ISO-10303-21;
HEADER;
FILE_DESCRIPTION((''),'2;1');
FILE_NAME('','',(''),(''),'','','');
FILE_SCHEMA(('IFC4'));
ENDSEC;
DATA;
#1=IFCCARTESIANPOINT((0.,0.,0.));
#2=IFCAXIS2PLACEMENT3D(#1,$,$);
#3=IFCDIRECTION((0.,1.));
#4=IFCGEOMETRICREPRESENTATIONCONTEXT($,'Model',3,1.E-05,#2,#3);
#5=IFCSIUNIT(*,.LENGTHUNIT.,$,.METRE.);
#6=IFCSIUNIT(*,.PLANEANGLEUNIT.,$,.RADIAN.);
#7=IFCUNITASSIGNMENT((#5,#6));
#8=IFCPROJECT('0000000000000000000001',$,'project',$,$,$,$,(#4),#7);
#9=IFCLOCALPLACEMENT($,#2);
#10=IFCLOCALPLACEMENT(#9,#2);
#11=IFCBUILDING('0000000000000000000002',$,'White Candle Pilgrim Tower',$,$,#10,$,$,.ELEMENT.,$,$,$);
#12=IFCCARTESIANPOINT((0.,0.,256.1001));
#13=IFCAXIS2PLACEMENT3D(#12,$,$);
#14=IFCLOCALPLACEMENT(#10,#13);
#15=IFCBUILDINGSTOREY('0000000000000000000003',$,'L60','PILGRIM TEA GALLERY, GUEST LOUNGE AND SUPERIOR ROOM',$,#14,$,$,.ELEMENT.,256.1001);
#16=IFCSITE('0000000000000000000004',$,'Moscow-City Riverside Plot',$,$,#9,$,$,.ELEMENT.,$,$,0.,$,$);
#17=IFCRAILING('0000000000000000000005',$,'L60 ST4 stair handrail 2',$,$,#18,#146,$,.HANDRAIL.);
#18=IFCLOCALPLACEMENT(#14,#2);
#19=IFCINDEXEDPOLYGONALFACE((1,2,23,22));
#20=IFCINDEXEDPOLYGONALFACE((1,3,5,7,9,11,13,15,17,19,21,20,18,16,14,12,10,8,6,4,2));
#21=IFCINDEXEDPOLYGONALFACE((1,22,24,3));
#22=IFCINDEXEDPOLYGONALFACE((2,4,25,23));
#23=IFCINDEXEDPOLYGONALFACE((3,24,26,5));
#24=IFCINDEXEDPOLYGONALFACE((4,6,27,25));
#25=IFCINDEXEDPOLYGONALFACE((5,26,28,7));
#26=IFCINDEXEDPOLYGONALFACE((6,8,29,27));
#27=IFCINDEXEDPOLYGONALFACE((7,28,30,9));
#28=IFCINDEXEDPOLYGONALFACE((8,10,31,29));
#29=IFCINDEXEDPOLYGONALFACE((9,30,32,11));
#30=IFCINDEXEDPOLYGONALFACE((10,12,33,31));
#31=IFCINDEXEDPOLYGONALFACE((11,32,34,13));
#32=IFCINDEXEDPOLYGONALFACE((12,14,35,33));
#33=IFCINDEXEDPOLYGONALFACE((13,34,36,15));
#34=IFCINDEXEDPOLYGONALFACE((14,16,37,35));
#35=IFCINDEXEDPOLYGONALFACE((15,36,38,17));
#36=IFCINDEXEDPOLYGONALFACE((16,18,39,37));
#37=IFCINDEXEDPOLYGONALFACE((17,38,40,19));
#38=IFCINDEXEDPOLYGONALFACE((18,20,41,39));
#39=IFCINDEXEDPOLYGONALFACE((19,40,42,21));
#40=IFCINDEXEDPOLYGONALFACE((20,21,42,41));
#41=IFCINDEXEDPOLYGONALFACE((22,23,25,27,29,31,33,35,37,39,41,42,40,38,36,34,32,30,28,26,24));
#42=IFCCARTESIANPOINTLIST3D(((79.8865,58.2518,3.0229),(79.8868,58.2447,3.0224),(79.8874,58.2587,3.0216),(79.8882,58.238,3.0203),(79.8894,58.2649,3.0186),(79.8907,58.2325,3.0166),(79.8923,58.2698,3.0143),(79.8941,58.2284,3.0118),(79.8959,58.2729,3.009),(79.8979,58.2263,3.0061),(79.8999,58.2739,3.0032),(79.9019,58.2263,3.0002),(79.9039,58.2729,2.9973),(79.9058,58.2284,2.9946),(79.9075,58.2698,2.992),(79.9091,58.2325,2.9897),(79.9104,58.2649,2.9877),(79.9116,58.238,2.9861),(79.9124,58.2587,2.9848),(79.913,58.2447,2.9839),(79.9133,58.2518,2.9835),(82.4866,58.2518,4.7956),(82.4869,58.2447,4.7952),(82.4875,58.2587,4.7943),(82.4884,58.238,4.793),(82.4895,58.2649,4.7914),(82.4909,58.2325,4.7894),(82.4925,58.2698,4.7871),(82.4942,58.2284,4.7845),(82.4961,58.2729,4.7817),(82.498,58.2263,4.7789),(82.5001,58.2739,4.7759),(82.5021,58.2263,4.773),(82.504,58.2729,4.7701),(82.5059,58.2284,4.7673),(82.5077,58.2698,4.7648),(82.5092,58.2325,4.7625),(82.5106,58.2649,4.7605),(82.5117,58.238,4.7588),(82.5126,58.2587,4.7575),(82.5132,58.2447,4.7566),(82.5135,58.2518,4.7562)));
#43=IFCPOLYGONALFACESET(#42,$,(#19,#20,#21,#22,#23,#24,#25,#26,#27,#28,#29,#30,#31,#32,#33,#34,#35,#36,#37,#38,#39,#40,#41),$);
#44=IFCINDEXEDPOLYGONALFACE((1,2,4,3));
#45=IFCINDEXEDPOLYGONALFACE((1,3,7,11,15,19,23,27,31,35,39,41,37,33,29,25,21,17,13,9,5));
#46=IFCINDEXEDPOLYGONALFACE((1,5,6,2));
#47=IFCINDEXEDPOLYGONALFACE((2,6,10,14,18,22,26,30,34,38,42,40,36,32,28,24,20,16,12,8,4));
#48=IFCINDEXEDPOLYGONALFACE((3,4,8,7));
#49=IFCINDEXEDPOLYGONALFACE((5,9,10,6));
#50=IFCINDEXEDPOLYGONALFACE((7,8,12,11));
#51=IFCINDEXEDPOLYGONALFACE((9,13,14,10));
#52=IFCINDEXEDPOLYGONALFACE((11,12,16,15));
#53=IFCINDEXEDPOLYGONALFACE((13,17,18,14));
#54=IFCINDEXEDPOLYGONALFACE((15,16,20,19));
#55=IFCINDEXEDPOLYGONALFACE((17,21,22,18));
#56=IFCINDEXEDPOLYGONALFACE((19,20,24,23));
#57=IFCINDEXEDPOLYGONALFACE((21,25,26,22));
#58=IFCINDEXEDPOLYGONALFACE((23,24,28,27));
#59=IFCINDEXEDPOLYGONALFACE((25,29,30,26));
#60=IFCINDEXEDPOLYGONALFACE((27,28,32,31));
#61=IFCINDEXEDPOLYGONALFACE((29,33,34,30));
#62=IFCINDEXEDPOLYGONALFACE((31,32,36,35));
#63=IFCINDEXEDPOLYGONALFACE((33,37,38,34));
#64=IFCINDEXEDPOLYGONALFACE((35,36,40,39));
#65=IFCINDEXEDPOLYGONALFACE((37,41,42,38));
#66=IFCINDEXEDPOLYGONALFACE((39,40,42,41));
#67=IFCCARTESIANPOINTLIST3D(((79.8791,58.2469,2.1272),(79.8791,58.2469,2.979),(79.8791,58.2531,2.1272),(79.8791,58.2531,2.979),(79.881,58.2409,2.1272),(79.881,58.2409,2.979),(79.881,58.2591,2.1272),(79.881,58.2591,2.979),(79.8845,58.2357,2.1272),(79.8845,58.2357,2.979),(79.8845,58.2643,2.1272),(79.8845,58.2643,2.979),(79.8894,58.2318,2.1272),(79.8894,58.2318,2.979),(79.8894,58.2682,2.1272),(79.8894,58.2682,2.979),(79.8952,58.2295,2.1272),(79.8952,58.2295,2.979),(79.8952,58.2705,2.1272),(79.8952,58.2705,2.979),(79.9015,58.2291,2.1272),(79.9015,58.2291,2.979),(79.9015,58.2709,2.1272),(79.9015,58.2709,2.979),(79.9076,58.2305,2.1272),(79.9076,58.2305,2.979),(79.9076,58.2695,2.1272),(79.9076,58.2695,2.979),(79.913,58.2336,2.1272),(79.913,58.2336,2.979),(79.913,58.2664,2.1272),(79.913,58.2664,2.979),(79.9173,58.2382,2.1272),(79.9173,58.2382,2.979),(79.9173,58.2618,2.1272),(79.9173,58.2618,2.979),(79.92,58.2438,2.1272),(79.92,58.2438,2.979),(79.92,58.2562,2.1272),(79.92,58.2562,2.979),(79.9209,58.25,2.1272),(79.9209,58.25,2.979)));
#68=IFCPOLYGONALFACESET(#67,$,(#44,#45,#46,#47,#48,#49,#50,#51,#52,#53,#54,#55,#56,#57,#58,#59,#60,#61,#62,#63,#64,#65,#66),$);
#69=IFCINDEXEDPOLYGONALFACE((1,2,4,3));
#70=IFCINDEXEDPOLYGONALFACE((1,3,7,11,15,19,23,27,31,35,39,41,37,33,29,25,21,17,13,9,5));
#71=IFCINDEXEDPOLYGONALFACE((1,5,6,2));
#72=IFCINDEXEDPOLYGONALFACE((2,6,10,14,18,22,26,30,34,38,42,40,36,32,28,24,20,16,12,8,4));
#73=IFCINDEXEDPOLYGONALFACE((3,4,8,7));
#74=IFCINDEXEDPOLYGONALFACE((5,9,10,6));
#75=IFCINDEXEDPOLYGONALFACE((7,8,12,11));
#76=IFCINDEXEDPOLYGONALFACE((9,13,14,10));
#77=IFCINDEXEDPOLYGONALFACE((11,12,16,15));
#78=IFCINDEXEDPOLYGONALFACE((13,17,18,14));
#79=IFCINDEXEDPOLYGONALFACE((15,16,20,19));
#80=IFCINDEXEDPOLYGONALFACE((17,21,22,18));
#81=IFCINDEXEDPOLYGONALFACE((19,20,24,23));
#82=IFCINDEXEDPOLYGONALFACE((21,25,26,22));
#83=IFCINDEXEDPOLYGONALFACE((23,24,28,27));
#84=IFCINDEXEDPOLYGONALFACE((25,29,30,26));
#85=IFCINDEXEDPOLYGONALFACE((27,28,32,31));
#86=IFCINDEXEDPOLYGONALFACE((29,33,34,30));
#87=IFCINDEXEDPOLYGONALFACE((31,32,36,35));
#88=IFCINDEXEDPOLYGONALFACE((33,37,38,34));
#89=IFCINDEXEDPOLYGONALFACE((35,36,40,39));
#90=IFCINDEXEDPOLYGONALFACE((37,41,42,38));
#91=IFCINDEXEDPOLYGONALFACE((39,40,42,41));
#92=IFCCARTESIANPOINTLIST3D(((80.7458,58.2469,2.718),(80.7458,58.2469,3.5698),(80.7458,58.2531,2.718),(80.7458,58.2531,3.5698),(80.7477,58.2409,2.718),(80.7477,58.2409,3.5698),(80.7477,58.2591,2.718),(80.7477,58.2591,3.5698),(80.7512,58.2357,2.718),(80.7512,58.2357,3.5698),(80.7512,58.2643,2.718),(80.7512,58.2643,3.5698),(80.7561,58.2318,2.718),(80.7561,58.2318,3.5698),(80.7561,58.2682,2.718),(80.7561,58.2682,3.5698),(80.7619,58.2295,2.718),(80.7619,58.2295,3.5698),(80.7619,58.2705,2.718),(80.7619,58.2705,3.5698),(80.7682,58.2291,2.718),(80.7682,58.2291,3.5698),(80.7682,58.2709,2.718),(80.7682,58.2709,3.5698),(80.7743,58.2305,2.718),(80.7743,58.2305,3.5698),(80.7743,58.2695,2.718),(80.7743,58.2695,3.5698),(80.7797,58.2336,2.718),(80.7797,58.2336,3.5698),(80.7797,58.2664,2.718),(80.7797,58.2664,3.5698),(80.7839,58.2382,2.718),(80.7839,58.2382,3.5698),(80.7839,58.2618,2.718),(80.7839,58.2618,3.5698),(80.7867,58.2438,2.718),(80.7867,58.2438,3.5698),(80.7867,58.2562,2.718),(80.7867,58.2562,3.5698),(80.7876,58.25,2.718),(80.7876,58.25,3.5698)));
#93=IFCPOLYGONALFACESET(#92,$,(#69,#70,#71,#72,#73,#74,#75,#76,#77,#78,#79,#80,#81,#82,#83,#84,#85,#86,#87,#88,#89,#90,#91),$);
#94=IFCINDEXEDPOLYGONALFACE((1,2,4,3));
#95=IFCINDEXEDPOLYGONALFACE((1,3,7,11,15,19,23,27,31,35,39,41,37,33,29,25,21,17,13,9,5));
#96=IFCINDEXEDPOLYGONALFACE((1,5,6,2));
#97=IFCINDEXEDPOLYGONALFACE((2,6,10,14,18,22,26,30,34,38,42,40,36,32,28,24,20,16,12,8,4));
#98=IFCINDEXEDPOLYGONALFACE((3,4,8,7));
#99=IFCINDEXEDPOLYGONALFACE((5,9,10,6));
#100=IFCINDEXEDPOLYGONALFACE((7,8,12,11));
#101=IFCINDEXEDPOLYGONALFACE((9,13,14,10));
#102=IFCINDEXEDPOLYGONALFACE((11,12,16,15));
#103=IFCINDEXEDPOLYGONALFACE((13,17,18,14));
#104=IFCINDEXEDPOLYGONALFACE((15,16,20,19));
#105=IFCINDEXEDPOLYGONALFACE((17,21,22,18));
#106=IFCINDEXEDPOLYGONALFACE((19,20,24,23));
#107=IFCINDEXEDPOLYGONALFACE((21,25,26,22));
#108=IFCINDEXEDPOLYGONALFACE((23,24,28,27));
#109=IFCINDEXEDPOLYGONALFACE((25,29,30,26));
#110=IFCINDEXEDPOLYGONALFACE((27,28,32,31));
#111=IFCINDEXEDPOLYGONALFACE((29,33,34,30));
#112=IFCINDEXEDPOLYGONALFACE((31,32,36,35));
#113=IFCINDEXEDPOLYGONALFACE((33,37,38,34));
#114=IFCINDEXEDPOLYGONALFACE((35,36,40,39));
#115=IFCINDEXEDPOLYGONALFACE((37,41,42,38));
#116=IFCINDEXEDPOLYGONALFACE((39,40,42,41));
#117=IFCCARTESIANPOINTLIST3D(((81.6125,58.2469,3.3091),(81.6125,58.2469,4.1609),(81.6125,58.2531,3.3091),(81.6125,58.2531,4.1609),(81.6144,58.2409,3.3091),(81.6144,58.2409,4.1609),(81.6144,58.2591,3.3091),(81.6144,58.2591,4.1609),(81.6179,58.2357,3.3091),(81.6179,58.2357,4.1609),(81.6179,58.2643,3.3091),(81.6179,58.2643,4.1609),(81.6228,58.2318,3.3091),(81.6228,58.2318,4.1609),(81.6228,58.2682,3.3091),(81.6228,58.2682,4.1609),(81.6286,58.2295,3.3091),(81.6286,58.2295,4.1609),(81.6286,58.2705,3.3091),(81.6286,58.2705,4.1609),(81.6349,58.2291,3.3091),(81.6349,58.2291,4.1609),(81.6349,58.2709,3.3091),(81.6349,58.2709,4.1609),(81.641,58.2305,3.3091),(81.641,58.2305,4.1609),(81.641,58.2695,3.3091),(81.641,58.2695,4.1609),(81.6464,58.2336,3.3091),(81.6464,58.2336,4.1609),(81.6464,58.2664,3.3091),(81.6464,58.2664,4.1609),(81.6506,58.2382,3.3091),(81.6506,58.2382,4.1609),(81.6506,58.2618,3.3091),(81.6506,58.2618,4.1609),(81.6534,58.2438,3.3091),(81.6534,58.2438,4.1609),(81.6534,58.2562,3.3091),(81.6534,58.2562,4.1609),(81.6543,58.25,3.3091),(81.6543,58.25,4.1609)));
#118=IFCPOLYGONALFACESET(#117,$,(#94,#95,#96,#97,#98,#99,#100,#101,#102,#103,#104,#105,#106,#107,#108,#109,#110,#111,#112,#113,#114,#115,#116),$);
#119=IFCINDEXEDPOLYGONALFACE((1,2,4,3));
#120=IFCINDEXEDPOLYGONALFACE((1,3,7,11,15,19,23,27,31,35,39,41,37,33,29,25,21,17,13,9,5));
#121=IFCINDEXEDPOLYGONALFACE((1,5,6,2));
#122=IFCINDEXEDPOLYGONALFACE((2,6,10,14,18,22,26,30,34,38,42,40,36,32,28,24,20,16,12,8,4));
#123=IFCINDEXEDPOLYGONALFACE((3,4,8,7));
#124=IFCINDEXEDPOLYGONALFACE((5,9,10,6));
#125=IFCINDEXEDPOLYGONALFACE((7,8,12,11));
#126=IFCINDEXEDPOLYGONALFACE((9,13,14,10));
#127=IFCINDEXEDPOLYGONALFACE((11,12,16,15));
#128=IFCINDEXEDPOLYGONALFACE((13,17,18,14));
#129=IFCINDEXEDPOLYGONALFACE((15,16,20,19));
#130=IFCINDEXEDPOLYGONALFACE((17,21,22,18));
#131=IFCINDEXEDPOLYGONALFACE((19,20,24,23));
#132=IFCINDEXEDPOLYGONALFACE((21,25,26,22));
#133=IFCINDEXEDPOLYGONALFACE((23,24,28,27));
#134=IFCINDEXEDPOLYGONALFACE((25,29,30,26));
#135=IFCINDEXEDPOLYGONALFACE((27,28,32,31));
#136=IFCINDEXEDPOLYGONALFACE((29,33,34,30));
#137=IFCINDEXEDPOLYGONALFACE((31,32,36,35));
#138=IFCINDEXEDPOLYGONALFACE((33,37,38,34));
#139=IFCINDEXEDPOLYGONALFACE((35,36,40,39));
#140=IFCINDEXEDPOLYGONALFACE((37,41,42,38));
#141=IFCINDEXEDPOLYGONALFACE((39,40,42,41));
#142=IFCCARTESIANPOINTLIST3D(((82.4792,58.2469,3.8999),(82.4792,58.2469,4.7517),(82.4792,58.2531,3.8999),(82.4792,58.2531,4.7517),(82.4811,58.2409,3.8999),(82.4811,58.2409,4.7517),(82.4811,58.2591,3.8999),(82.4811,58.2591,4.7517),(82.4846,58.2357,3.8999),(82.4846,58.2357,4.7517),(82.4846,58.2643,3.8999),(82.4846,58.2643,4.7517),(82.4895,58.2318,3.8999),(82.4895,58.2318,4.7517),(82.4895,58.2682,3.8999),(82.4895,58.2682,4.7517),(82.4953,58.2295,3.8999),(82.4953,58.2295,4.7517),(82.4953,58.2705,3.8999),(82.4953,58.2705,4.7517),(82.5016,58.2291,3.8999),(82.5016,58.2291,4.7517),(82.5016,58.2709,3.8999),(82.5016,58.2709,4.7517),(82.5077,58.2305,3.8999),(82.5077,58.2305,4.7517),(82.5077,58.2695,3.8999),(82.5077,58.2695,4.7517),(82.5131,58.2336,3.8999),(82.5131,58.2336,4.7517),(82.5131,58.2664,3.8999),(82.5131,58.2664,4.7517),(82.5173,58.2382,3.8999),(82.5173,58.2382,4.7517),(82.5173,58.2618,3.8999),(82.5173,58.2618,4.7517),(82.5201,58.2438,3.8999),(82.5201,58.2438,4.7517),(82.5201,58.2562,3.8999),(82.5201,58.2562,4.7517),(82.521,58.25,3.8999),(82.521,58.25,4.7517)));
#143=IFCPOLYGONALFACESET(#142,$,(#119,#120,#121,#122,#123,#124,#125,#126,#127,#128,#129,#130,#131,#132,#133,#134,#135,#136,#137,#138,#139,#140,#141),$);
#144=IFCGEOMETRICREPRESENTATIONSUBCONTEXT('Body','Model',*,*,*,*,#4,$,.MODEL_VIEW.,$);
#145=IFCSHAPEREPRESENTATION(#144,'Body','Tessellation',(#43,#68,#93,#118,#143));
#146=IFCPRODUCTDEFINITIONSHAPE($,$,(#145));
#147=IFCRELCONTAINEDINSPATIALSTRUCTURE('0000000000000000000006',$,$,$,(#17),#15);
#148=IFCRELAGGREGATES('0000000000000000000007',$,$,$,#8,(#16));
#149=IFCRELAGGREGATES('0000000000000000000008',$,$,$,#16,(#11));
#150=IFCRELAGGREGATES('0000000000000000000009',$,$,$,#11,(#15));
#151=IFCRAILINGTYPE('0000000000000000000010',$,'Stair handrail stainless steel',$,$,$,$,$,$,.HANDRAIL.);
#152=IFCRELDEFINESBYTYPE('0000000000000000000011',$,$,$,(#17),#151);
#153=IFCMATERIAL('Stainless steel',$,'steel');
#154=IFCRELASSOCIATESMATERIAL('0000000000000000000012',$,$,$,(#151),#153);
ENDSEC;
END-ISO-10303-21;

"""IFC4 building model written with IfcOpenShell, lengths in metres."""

from ifc_helpers import new_model, si_unit, direction, frame, origin, origin_2d, place, context, subcontext, project, spatial, circle, extrude, material, type_object, element, save


model = new_model("IFC4")

# Units and contexts
model_context = context("Model", 3, precision=1e-05, world=origin(), true_north=direction((0.0, 1.0)))
body_context = subcontext(model_context, "Body", "Model", "MODEL_VIEW")
ifc_project = project(units=[si_unit("LENGTHUNIT", "METRE"), si_unit("PLANEANGLEUNIT", "RADIAN")], contexts=[model_context])

# Site, building, storey
site_placement = place(None, origin())
site = spatial("IfcSite", under=ifc_project, at=site_placement, Name="Moscow-City Riverside Plot", CompositionType="ELEMENT", RefElevation=0.0)
building_placement = place(site_placement, origin())
building = spatial("IfcBuilding", under=site, at=building_placement, Name="White Candle Pilgrim Tower", CompositionType="ELEMENT")
storey_placement = place(building_placement, frame((0.0, 0.0, 256.1001)))
storey = spatial("IfcBuildingStorey", under=building, at=storey_placement, Name="L60", Description="PILGRIM TEA GALLERY, GUEST LOUNGE AND SUPERIOR ROOM", CompositionType="ELEMENT", Elevation=256.1001)

# Railing
ifc_material_1 = material(Name="Stainless steel", Category="steel")
railing_type_1 = type_object("IfcRailingType", Name="Stair handrail stainless steel", PredefinedType="HANDRAIL", material=ifc_material_1)
railing_1_placement = place(storey_placement, frame((79.8999, 58.25, 2.1272)))
element("IfcRailing", 1, at=railing_1_placement, inside=storey, type_object=railing_type_1, Name="L60 ST4 stair handrail 2", PredefinedType="HANDRAIL", context=body_context, shape_type="SweptSolid", body=[
    extrude(circle(Radius=0.0239, at=origin_2d()), frame((0.0, 0.0, 0.876), z_axis=(0.82624, 0.0, 0.563318), x_axis=(0.0, 1.0, 0.0)), (0.0, 0.0, 1.0), 3.147),
    extrude(circle(Radius=0.021, at=origin_2d()), origin(), (0.0, 0.0, 1.0), 0.8518),
    extrude(circle(Radius=0.021, at=origin_2d()), frame((0.8667, 0.0, 0.5908)), (0.0, 0.0, 1.0), 0.8518),
    extrude(circle(Radius=0.021, at=origin_2d()), frame((1.7334, 0.0, 1.1819)), (0.0, 0.0, 1.0), 0.8518),
    extrude(circle(Radius=0.021, at=origin_2d()), frame((2.6001, 0.0, 1.7727)), (0.0, 0.0, 1.0), 0.8518),
])

save(model, "model.ifc")
